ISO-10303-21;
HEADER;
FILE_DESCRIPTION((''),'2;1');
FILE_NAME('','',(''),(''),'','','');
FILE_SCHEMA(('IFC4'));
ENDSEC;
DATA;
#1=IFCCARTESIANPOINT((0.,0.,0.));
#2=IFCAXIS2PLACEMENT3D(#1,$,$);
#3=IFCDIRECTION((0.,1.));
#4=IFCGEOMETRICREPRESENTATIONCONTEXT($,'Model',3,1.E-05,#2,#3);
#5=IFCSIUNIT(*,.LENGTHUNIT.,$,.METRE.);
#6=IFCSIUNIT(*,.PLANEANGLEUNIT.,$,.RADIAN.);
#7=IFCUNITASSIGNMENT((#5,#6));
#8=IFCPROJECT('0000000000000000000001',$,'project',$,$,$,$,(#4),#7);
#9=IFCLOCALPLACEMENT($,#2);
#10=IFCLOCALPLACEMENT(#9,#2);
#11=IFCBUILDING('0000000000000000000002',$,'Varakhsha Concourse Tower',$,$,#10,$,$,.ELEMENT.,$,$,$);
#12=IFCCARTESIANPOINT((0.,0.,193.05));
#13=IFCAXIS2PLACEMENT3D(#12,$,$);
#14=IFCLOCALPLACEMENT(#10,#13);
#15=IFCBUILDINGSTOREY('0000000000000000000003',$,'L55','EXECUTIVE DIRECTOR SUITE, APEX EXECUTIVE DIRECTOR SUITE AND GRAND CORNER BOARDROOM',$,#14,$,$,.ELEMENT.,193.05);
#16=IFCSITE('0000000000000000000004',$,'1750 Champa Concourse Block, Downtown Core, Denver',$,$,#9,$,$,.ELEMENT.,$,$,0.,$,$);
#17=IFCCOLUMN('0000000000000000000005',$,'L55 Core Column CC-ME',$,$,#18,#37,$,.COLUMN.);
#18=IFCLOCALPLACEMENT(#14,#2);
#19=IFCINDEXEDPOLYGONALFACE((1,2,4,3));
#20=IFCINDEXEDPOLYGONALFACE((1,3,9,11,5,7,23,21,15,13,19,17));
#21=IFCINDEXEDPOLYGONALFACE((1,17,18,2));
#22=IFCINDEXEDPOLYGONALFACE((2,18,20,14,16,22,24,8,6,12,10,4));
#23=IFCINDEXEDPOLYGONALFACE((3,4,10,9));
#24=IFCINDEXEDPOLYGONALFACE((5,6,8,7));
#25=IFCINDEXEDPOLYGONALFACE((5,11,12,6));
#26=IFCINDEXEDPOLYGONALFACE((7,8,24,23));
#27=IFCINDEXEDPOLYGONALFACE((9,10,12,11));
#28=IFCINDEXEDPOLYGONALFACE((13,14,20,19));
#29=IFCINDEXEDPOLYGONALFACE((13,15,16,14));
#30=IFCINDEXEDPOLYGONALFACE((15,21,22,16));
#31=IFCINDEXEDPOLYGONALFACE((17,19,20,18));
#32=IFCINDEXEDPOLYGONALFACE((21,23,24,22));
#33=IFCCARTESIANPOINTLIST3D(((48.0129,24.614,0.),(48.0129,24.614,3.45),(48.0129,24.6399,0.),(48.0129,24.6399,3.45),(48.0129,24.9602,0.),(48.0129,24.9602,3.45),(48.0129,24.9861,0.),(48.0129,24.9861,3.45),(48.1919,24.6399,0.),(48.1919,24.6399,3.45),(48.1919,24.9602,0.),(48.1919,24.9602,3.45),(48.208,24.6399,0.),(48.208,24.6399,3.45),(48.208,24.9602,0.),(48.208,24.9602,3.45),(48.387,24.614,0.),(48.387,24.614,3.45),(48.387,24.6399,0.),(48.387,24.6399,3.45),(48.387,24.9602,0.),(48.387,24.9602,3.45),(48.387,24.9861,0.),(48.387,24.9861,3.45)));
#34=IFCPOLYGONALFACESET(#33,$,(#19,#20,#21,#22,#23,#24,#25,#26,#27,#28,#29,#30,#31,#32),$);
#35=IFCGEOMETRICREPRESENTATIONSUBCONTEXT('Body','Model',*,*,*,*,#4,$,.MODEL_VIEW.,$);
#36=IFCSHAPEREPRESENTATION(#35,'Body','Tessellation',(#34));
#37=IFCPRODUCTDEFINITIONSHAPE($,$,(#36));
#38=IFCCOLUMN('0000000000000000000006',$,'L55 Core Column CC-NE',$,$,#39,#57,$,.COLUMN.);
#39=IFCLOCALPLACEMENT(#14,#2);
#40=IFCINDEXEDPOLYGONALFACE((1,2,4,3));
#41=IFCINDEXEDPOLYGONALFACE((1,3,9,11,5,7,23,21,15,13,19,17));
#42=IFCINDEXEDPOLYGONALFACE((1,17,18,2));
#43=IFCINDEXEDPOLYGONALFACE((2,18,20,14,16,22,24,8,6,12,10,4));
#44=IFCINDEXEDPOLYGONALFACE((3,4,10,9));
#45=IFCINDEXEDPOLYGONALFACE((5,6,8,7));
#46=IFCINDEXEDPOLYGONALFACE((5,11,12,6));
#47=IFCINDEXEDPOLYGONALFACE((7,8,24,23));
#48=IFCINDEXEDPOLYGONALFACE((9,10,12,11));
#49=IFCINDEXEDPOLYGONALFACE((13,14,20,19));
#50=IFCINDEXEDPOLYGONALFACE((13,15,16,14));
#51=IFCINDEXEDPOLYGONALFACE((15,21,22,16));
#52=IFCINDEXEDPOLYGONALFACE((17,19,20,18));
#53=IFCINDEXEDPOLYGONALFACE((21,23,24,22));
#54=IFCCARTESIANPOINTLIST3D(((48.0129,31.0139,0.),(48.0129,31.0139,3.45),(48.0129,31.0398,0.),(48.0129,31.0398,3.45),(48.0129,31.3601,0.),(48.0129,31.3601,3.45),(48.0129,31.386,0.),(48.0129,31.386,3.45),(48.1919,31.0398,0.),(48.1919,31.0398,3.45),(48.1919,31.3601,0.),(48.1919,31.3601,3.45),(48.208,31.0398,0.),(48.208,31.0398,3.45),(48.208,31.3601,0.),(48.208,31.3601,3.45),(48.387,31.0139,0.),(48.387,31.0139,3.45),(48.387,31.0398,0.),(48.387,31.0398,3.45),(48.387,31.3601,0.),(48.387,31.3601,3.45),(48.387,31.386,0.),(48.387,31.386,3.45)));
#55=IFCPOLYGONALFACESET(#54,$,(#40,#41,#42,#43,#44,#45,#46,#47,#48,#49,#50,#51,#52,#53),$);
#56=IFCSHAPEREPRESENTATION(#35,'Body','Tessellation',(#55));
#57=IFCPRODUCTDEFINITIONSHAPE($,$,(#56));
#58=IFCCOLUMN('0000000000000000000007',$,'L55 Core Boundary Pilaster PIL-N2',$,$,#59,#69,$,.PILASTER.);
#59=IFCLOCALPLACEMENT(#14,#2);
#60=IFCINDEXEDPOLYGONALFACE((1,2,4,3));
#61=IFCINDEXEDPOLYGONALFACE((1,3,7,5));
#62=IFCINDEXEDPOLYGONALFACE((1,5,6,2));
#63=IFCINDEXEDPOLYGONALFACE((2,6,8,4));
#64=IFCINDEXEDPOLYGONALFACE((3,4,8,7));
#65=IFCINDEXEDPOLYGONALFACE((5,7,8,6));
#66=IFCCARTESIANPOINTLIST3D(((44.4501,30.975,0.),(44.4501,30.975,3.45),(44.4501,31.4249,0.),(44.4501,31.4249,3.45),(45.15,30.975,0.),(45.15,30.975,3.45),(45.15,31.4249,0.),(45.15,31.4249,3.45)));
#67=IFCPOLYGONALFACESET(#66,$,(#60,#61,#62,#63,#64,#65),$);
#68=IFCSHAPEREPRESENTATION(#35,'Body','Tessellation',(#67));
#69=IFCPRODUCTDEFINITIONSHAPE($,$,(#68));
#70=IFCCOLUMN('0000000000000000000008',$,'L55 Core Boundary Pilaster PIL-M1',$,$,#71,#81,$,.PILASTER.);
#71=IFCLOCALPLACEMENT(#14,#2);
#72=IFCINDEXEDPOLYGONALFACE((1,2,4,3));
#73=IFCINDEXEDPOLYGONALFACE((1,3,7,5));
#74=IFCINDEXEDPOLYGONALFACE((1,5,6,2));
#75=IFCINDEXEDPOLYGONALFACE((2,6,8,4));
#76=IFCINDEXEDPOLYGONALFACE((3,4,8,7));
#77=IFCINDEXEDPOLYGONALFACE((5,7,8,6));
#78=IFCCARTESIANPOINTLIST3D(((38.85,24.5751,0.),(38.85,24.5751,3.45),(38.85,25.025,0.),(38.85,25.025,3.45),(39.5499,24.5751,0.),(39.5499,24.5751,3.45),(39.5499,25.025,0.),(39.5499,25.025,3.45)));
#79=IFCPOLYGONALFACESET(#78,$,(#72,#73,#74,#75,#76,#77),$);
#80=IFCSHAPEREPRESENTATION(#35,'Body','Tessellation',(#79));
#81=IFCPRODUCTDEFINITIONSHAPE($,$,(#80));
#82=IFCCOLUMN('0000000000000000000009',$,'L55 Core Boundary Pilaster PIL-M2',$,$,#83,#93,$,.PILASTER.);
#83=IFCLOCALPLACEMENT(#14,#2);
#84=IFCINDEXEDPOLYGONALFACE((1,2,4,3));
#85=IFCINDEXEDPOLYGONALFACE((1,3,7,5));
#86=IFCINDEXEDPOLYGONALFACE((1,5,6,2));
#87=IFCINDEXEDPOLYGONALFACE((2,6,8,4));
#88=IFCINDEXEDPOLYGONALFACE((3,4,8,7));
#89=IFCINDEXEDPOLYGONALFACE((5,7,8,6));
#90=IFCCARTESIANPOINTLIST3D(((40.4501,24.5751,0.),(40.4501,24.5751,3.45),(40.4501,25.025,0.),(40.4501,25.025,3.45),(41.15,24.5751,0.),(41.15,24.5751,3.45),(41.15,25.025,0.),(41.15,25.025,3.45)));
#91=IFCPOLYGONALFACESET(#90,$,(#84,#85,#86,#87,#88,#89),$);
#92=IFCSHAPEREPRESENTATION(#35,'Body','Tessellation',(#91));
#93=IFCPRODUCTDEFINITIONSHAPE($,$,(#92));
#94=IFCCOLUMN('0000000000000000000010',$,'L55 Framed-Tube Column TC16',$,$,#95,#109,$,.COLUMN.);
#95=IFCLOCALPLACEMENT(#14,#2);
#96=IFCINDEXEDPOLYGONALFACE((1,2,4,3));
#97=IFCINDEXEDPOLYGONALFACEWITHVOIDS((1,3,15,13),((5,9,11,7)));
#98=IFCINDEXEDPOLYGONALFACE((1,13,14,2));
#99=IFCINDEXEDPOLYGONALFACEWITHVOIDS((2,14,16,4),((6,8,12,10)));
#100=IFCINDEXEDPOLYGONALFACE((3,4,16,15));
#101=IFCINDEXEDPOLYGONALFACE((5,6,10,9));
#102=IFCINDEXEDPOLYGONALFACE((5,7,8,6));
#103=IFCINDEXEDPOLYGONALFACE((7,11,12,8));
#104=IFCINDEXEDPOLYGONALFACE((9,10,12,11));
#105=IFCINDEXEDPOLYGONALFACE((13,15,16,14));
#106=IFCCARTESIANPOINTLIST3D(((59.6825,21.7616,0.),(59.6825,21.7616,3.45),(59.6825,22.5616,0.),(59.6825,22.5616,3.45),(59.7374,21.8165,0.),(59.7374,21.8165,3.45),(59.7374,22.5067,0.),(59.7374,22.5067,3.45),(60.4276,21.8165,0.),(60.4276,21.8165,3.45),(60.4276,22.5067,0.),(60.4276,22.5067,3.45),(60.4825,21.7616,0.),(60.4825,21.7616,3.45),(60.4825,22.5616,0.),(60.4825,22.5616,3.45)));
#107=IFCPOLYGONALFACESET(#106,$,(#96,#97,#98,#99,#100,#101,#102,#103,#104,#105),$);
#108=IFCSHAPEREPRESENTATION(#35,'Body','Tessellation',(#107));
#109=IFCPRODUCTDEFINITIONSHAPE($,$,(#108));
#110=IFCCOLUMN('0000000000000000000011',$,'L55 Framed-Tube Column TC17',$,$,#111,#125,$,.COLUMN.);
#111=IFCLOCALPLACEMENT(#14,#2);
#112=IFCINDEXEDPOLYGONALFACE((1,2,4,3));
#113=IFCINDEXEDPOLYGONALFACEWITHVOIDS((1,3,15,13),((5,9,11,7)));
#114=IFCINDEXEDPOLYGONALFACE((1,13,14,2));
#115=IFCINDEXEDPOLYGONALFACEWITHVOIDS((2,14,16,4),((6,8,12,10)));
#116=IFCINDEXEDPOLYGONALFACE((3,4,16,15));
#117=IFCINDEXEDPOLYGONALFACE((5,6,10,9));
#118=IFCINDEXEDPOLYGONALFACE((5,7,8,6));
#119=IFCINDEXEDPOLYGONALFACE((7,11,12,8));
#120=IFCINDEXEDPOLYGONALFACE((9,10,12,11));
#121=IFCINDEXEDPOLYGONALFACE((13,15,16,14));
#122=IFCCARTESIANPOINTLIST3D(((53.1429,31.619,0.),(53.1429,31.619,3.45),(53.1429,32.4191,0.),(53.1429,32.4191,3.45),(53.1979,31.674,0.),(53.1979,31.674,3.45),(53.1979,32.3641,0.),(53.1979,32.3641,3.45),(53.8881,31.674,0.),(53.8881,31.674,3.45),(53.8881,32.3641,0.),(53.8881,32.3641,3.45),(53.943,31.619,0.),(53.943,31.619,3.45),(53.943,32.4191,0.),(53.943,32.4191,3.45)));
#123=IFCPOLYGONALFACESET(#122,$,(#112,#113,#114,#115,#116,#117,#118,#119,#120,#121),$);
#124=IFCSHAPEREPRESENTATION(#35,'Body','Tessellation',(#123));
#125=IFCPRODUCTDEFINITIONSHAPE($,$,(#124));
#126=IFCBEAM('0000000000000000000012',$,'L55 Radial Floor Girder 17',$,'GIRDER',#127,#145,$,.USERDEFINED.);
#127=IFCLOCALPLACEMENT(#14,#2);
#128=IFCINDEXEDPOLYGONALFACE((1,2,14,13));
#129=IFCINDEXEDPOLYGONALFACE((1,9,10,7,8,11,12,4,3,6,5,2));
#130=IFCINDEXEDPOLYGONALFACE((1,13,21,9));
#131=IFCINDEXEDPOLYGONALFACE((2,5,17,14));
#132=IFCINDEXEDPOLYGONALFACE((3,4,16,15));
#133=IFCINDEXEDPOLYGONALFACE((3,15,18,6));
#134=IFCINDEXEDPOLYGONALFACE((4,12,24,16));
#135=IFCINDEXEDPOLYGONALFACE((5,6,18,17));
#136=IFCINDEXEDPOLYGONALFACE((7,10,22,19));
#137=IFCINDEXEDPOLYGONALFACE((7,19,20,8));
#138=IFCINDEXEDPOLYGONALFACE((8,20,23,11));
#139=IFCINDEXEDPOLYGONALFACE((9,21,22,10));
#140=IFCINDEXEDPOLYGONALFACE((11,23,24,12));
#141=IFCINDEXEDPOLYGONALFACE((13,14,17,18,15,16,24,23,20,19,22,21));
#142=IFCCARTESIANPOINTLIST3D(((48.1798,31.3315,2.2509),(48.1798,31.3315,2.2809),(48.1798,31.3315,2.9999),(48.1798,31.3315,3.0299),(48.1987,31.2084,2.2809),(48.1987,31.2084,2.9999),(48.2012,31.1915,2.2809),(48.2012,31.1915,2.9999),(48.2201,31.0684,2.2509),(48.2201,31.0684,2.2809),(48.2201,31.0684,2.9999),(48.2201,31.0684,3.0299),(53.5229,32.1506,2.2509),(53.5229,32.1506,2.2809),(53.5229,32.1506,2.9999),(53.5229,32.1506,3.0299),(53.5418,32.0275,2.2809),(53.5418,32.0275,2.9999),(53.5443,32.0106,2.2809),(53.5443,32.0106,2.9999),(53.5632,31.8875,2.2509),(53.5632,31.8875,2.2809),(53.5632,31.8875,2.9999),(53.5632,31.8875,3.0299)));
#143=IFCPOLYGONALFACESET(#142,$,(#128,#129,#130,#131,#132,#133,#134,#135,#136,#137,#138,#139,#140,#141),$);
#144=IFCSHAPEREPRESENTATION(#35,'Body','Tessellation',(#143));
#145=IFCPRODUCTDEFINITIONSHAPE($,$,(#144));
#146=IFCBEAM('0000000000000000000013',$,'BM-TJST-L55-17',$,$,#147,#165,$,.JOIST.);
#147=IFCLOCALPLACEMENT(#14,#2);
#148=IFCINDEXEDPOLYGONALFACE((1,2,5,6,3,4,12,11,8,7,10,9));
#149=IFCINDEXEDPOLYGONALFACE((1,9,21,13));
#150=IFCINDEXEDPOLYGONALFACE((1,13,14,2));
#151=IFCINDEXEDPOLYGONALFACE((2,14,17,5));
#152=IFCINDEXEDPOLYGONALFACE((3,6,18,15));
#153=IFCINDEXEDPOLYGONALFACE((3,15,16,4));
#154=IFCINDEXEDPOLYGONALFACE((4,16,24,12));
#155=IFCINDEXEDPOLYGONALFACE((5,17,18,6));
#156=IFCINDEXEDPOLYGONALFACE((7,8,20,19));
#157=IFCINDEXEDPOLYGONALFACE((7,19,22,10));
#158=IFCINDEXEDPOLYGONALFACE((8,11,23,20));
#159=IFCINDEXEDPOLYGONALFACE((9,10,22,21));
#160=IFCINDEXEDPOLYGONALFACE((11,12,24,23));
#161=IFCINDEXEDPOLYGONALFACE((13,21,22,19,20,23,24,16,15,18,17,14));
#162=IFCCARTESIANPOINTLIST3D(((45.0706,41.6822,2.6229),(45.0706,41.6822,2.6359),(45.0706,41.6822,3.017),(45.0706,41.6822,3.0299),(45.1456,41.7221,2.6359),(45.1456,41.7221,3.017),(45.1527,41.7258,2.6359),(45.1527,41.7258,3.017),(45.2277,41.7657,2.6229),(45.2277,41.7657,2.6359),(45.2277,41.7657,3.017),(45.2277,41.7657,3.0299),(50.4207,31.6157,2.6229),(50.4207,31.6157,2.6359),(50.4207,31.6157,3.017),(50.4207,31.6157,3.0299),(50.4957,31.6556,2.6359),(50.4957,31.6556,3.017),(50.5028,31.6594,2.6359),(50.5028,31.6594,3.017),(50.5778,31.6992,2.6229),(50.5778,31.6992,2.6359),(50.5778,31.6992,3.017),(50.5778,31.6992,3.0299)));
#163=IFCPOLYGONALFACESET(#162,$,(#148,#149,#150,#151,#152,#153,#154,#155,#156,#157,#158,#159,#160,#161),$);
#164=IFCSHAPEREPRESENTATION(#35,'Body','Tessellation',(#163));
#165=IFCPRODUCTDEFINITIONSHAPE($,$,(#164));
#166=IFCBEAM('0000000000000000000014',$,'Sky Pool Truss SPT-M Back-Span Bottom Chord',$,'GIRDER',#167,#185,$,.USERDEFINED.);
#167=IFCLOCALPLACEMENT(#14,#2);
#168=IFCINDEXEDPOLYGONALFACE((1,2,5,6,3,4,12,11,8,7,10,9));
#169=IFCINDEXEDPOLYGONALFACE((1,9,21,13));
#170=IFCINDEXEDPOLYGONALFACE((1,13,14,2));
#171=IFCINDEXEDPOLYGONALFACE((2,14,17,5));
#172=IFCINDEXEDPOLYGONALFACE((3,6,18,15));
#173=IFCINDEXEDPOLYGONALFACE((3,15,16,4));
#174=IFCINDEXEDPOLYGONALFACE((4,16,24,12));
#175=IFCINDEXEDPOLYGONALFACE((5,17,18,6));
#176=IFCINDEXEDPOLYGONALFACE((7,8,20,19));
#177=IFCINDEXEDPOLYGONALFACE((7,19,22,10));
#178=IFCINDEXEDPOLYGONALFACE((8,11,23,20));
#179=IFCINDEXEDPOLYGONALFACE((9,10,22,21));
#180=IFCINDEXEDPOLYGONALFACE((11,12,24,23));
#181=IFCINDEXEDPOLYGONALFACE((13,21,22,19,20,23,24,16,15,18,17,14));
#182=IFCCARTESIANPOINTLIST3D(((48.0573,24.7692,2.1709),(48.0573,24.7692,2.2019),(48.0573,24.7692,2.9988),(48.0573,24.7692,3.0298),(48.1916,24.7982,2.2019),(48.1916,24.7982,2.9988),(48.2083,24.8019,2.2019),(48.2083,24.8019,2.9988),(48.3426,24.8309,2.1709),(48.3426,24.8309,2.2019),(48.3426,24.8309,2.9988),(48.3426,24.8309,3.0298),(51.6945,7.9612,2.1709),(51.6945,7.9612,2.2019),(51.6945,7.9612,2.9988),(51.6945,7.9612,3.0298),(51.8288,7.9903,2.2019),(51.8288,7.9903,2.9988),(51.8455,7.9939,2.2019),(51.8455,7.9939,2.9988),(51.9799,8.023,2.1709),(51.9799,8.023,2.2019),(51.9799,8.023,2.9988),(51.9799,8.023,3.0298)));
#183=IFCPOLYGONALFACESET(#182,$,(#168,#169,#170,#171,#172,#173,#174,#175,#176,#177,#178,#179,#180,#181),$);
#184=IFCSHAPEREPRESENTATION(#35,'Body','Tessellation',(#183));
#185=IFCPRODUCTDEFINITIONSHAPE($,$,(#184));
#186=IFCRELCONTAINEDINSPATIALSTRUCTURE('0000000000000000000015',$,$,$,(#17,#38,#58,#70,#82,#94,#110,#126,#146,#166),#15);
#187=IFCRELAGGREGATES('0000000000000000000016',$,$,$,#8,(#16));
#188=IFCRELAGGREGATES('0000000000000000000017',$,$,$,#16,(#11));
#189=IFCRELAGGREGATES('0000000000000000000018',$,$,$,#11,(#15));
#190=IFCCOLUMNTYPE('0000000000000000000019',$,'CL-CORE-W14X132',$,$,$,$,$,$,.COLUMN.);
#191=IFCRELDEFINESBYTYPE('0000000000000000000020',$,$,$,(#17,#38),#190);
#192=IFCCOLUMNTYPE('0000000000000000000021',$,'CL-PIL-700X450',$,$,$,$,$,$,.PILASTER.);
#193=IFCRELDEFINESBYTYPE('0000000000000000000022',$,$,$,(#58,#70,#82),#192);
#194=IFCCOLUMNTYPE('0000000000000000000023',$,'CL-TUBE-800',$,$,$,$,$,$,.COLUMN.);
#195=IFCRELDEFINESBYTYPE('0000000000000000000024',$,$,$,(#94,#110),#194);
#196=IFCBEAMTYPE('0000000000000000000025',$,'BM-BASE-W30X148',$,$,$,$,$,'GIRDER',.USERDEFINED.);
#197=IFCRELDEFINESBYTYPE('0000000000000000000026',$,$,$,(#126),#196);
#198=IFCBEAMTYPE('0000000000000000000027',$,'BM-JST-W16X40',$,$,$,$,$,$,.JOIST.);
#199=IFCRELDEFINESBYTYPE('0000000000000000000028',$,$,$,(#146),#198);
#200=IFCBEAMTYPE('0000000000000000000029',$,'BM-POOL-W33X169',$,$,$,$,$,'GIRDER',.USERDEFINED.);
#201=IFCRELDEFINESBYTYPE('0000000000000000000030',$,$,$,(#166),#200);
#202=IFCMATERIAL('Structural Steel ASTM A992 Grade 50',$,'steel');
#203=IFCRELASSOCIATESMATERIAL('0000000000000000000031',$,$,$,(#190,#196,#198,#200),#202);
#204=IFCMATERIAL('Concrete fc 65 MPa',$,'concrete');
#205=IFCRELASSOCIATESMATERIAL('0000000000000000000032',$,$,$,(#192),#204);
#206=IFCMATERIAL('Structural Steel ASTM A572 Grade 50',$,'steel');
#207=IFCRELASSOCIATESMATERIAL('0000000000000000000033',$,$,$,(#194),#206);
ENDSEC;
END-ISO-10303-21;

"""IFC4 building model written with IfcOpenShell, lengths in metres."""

from ifc_helpers import new_model, si_unit, direction, frame, origin, origin_2d, place, context, subcontext, project, spatial, rectangle, hollow_rectangle, i_section, extrude, material, material_profile, profile_set, type_object, element, save


model = new_model("IFC4")

# Units and contexts
model_context = context("Model", 3, precision=1e-05, world=origin(), true_north=direction((0.0, 1.0)))
body_context = subcontext(model_context, "Body", "Model", "MODEL_VIEW")
ifc_project = project(units=[si_unit("LENGTHUNIT", "METRE"), si_unit("PLANEANGLEUNIT", "RADIAN")], contexts=[model_context])

# Site, building, storey
site_placement = place(None, origin())
site = spatial("IfcSite", under=ifc_project, at=site_placement, Name="1750 Champa Concourse Block, Downtown Core, Denver", CompositionType="ELEMENT", RefElevation=0.0)
building_placement = place(site_placement, origin())
building = spatial("IfcBuilding", under=site, at=building_placement, Name="Varakhsha Concourse Tower", CompositionType="ELEMENT")
storey_placement = place(building_placement, frame((0.0, 0.0, 193.05)))
storey = spatial("IfcBuildingStorey", under=building, at=storey_placement, Name="L55", Description="EXECUTIVE DIRECTOR SUITE, APEX EXECUTIVE DIRECTOR SUITE AND GRAND CORNER BOARDROOM", CompositionType="ELEMENT", Elevation=193.05)

# Columns
ifc_material_1 = material(Name="Structural Steel ASTM A992 Grade 50", Category="steel")
ifc_material_profile_1 = material_profile(ifc_material_1, i_section(OverallWidth=0.374, OverallDepth=0.3721, WebThickness=0.0161, FlangeThickness=0.0259, at=origin_2d()), Name="W14X132")
ifc_profile_set_1 = profile_set([ifc_material_profile_1], Name="Structural Steel ASTM A992 Grade 50")
column_type_1 = type_object("IfcColumnType", Name="CL-CORE-W14X132", PredefinedType="COLUMN", material=ifc_profile_set_1)
for number, where, z_axis, x_axis, name in (
    (1, (48.2, 24.8, 0.0), (0.0, 0.0, 1.0), (1.0, 0.0, 0.0), "L55 Core Column CC-ME"),
    (2, (48.2, 31.2, 0.0), (0.0, 0.0, 1.0), (1.0, 0.0, 0.0), "L55 Core Column CC-NE"),
):
    element("IfcColumn", number, at=place(storey_placement, frame(where, z_axis=z_axis, x_axis=x_axis)), inside=storey, type_object=column_type_1, Name=name, PredefinedType="COLUMN", context=body_context, shape_type="SweptSolid", body=[
        extrude(i_section(OverallWidth=0.374, OverallDepth=0.3721, WebThickness=0.0161, FlangeThickness=0.0259, at=origin_2d()), origin(), (0.0, 0.0, 1.0), 3.45),
    ])
ifc_material_2 = material(Name="Concrete fc 65 MPa", Category="concrete")
ifc_material_profile_2 = material_profile(ifc_material_2, rectangle(XDim=0.7, YDim=0.45, at=origin_2d()), Name="RC 700x450")
ifc_profile_set_2 = profile_set([ifc_material_profile_2], Name="Concrete fc 65 MPa")
column_type_2 = type_object("IfcColumnType", Name="CL-PIL-700X450", PredefinedType="PILASTER", material=ifc_profile_set_2)
for number, where, z_axis, x_axis, name in (
    (3, (44.8, 31.2, 0.0), (0.0, 0.0, 1.0), (1.0, 0.0, 0.0), "L55 Core Boundary Pilaster PIL-N2"),
    (4, (39.2, 24.8, 0.0), (0.0, 0.0, 1.0), (1.0, 0.0, 0.0), "L55 Core Boundary Pilaster PIL-M1"),
    (5, (40.8, 24.8, 0.0), (0.0, 0.0, 1.0), (1.0, 0.0, 0.0), "L55 Core Boundary Pilaster PIL-M2"),
):
    element("IfcColumn", number, at=place(storey_placement, frame(where, z_axis=z_axis, x_axis=x_axis)), inside=storey, type_object=column_type_2, Name=name, PredefinedType="PILASTER", context=body_context, shape_type="SweptSolid", body=[
        extrude(rectangle(XDim=0.7, YDim=0.45, at=origin_2d()), origin(), (0.0, 0.0, 1.0), 3.45),
    ])
ifc_material_3 = material(Name="Structural Steel ASTM A572 Grade 50", Category="steel")
ifc_material_profile_3 = material_profile(ifc_material_3, hollow_rectangle(XDim=0.8, YDim=0.8, WallThickness=0.0549, at=origin_2d()), Name="BOX 800x800x55")
ifc_profile_set_3 = profile_set([ifc_material_profile_3], Name="Structural Steel ASTM A572 Grade 50")
column_type_3 = type_object("IfcColumnType", Name="CL-TUBE-800", PredefinedType="COLUMN", material=ifc_profile_set_3)
for number, where, z_axis, x_axis, name in (
    (6, (60.0825, 22.1616, 0.0), (0.0, 0.0, 1.0), (1.0, 0.0, 0.0), "L55 Framed-Tube Column TC16"),
    (7, (53.543, 32.019, 0.0), (0.0, 0.0, 1.0), (1.0, 0.0, 0.0), "L55 Framed-Tube Column TC17"),
):
    element("IfcColumn", number, at=place(storey_placement, frame(where, z_axis=z_axis, x_axis=x_axis)), inside=storey, type_object=column_type_3, Name=name, PredefinedType="COLUMN", context=body_context, shape_type="SweptSolid", body=[
        extrude(hollow_rectangle(XDim=0.8, YDim=0.8, WallThickness=0.0549, at=origin_2d()), origin(), (0.0, 0.0, 1.0), 3.45),
    ])

# Beams
ifc_material_profile_4 = material_profile(ifc_material_1, i_section(OverallWidth=0.2661, OverallDepth=0.7791, WebThickness=0.0171, FlangeThickness=0.03, at=origin_2d()), Name="W30X148")
ifc_profile_set_4 = profile_set([ifc_material_profile_4], Name="Structural Steel ASTM A992 Grade 50")
beam_type_1 = type_object("IfcBeamType", Name="BM-BASE-W30X148", ElementType="GIRDER", PredefinedType="USERDEFINED", material=ifc_profile_set_4)
beam_1_placement = place(storey_placement, frame((48.2, 31.2, 2.6404), z_axis=(0.988452, 0.151531, 0.0), x_axis=(-0.151531, 0.988452, 0.0)))
element("IfcBeam", 8, at=beam_1_placement, inside=storey, type_object=beam_type_1, Name="L55 Radial Floor Girder 17", ObjectType="GIRDER", PredefinedType="USERDEFINED", context=body_context, shape_type="SweptSolid", body=[
    extrude(i_section(OverallWidth=0.2661, OverallDepth=0.7791, WebThickness=0.0171, FlangeThickness=0.03, at=origin_2d()), origin(), (0.0, 0.0, 1.0), 5.4055),
])
ifc_material_profile_5 = material_profile(ifc_material_1, i_section(OverallWidth=0.178, OverallDepth=0.407, WebThickness=0.0081, FlangeThickness=0.0129, at=origin_2d()), Name="W16X40")
ifc_profile_set_5 = profile_set([ifc_material_profile_5], Name="Structural Steel ASTM A992 Grade 50")
beam_type_2 = type_object("IfcBeamType", Name="BM-JST-W16X40", PredefinedType="JOIST", material=ifc_profile_set_5)
beam_2_placement = place(storey_placement, frame((50.4993, 31.6575, 2.8264), z_axis=(-0.469314, 0.883031, 0.0), x_axis=(-0.883031, -0.469314, 0.0)))
element("IfcBeam", 9, at=beam_2_placement, inside=storey, type_object=beam_type_2, Name="BM-TJST-L55-17", PredefinedType="JOIST", context=body_context, shape_type="SweptSolid", body=[
    extrude(i_section(OverallWidth=0.178, OverallDepth=0.407, WebThickness=0.0081, FlangeThickness=0.0129, at=origin_2d()), origin(), (0.0, 0.0, 1.0), 11.3999),
])
ifc_material_profile_6 = material_profile(ifc_material_1, i_section(OverallWidth=0.292, OverallDepth=0.8589, WebThickness=0.0171, FlangeThickness=0.031, at=origin_2d()), Name="W33X169")
ifc_profile_set_6 = profile_set([ifc_material_profile_6], Name="Structural Steel ASTM A992 Grade 50")
beam_type_3 = type_object("IfcBeamType", Name="BM-POOL-W33X169", ElementType="GIRDER", PredefinedType="USERDEFINED", material=ifc_profile_set_6)
beam_3_placement = place(storey_placement, frame((48.2, 24.8, 2.6003), z_axis=(0.211504, -0.977377, 0.0), x_axis=(0.977377, 0.211504, 0.0)))
element("IfcBeam", 10, at=beam_3_placement, inside=storey, type_object=beam_type_3, Name="Sky Pool Truss SPT-M Back-Span Bottom Chord", ObjectType="GIRDER", PredefinedType="USERDEFINED", context=body_context, shape_type="SweptSolid", body=[
    extrude(i_section(OverallWidth=0.292, OverallDepth=0.8589, WebThickness=0.0171, FlangeThickness=0.031, at=origin_2d()), origin(), (0.0, 0.0, 1.0), 17.197),
])

save(model, "model.ifc")
